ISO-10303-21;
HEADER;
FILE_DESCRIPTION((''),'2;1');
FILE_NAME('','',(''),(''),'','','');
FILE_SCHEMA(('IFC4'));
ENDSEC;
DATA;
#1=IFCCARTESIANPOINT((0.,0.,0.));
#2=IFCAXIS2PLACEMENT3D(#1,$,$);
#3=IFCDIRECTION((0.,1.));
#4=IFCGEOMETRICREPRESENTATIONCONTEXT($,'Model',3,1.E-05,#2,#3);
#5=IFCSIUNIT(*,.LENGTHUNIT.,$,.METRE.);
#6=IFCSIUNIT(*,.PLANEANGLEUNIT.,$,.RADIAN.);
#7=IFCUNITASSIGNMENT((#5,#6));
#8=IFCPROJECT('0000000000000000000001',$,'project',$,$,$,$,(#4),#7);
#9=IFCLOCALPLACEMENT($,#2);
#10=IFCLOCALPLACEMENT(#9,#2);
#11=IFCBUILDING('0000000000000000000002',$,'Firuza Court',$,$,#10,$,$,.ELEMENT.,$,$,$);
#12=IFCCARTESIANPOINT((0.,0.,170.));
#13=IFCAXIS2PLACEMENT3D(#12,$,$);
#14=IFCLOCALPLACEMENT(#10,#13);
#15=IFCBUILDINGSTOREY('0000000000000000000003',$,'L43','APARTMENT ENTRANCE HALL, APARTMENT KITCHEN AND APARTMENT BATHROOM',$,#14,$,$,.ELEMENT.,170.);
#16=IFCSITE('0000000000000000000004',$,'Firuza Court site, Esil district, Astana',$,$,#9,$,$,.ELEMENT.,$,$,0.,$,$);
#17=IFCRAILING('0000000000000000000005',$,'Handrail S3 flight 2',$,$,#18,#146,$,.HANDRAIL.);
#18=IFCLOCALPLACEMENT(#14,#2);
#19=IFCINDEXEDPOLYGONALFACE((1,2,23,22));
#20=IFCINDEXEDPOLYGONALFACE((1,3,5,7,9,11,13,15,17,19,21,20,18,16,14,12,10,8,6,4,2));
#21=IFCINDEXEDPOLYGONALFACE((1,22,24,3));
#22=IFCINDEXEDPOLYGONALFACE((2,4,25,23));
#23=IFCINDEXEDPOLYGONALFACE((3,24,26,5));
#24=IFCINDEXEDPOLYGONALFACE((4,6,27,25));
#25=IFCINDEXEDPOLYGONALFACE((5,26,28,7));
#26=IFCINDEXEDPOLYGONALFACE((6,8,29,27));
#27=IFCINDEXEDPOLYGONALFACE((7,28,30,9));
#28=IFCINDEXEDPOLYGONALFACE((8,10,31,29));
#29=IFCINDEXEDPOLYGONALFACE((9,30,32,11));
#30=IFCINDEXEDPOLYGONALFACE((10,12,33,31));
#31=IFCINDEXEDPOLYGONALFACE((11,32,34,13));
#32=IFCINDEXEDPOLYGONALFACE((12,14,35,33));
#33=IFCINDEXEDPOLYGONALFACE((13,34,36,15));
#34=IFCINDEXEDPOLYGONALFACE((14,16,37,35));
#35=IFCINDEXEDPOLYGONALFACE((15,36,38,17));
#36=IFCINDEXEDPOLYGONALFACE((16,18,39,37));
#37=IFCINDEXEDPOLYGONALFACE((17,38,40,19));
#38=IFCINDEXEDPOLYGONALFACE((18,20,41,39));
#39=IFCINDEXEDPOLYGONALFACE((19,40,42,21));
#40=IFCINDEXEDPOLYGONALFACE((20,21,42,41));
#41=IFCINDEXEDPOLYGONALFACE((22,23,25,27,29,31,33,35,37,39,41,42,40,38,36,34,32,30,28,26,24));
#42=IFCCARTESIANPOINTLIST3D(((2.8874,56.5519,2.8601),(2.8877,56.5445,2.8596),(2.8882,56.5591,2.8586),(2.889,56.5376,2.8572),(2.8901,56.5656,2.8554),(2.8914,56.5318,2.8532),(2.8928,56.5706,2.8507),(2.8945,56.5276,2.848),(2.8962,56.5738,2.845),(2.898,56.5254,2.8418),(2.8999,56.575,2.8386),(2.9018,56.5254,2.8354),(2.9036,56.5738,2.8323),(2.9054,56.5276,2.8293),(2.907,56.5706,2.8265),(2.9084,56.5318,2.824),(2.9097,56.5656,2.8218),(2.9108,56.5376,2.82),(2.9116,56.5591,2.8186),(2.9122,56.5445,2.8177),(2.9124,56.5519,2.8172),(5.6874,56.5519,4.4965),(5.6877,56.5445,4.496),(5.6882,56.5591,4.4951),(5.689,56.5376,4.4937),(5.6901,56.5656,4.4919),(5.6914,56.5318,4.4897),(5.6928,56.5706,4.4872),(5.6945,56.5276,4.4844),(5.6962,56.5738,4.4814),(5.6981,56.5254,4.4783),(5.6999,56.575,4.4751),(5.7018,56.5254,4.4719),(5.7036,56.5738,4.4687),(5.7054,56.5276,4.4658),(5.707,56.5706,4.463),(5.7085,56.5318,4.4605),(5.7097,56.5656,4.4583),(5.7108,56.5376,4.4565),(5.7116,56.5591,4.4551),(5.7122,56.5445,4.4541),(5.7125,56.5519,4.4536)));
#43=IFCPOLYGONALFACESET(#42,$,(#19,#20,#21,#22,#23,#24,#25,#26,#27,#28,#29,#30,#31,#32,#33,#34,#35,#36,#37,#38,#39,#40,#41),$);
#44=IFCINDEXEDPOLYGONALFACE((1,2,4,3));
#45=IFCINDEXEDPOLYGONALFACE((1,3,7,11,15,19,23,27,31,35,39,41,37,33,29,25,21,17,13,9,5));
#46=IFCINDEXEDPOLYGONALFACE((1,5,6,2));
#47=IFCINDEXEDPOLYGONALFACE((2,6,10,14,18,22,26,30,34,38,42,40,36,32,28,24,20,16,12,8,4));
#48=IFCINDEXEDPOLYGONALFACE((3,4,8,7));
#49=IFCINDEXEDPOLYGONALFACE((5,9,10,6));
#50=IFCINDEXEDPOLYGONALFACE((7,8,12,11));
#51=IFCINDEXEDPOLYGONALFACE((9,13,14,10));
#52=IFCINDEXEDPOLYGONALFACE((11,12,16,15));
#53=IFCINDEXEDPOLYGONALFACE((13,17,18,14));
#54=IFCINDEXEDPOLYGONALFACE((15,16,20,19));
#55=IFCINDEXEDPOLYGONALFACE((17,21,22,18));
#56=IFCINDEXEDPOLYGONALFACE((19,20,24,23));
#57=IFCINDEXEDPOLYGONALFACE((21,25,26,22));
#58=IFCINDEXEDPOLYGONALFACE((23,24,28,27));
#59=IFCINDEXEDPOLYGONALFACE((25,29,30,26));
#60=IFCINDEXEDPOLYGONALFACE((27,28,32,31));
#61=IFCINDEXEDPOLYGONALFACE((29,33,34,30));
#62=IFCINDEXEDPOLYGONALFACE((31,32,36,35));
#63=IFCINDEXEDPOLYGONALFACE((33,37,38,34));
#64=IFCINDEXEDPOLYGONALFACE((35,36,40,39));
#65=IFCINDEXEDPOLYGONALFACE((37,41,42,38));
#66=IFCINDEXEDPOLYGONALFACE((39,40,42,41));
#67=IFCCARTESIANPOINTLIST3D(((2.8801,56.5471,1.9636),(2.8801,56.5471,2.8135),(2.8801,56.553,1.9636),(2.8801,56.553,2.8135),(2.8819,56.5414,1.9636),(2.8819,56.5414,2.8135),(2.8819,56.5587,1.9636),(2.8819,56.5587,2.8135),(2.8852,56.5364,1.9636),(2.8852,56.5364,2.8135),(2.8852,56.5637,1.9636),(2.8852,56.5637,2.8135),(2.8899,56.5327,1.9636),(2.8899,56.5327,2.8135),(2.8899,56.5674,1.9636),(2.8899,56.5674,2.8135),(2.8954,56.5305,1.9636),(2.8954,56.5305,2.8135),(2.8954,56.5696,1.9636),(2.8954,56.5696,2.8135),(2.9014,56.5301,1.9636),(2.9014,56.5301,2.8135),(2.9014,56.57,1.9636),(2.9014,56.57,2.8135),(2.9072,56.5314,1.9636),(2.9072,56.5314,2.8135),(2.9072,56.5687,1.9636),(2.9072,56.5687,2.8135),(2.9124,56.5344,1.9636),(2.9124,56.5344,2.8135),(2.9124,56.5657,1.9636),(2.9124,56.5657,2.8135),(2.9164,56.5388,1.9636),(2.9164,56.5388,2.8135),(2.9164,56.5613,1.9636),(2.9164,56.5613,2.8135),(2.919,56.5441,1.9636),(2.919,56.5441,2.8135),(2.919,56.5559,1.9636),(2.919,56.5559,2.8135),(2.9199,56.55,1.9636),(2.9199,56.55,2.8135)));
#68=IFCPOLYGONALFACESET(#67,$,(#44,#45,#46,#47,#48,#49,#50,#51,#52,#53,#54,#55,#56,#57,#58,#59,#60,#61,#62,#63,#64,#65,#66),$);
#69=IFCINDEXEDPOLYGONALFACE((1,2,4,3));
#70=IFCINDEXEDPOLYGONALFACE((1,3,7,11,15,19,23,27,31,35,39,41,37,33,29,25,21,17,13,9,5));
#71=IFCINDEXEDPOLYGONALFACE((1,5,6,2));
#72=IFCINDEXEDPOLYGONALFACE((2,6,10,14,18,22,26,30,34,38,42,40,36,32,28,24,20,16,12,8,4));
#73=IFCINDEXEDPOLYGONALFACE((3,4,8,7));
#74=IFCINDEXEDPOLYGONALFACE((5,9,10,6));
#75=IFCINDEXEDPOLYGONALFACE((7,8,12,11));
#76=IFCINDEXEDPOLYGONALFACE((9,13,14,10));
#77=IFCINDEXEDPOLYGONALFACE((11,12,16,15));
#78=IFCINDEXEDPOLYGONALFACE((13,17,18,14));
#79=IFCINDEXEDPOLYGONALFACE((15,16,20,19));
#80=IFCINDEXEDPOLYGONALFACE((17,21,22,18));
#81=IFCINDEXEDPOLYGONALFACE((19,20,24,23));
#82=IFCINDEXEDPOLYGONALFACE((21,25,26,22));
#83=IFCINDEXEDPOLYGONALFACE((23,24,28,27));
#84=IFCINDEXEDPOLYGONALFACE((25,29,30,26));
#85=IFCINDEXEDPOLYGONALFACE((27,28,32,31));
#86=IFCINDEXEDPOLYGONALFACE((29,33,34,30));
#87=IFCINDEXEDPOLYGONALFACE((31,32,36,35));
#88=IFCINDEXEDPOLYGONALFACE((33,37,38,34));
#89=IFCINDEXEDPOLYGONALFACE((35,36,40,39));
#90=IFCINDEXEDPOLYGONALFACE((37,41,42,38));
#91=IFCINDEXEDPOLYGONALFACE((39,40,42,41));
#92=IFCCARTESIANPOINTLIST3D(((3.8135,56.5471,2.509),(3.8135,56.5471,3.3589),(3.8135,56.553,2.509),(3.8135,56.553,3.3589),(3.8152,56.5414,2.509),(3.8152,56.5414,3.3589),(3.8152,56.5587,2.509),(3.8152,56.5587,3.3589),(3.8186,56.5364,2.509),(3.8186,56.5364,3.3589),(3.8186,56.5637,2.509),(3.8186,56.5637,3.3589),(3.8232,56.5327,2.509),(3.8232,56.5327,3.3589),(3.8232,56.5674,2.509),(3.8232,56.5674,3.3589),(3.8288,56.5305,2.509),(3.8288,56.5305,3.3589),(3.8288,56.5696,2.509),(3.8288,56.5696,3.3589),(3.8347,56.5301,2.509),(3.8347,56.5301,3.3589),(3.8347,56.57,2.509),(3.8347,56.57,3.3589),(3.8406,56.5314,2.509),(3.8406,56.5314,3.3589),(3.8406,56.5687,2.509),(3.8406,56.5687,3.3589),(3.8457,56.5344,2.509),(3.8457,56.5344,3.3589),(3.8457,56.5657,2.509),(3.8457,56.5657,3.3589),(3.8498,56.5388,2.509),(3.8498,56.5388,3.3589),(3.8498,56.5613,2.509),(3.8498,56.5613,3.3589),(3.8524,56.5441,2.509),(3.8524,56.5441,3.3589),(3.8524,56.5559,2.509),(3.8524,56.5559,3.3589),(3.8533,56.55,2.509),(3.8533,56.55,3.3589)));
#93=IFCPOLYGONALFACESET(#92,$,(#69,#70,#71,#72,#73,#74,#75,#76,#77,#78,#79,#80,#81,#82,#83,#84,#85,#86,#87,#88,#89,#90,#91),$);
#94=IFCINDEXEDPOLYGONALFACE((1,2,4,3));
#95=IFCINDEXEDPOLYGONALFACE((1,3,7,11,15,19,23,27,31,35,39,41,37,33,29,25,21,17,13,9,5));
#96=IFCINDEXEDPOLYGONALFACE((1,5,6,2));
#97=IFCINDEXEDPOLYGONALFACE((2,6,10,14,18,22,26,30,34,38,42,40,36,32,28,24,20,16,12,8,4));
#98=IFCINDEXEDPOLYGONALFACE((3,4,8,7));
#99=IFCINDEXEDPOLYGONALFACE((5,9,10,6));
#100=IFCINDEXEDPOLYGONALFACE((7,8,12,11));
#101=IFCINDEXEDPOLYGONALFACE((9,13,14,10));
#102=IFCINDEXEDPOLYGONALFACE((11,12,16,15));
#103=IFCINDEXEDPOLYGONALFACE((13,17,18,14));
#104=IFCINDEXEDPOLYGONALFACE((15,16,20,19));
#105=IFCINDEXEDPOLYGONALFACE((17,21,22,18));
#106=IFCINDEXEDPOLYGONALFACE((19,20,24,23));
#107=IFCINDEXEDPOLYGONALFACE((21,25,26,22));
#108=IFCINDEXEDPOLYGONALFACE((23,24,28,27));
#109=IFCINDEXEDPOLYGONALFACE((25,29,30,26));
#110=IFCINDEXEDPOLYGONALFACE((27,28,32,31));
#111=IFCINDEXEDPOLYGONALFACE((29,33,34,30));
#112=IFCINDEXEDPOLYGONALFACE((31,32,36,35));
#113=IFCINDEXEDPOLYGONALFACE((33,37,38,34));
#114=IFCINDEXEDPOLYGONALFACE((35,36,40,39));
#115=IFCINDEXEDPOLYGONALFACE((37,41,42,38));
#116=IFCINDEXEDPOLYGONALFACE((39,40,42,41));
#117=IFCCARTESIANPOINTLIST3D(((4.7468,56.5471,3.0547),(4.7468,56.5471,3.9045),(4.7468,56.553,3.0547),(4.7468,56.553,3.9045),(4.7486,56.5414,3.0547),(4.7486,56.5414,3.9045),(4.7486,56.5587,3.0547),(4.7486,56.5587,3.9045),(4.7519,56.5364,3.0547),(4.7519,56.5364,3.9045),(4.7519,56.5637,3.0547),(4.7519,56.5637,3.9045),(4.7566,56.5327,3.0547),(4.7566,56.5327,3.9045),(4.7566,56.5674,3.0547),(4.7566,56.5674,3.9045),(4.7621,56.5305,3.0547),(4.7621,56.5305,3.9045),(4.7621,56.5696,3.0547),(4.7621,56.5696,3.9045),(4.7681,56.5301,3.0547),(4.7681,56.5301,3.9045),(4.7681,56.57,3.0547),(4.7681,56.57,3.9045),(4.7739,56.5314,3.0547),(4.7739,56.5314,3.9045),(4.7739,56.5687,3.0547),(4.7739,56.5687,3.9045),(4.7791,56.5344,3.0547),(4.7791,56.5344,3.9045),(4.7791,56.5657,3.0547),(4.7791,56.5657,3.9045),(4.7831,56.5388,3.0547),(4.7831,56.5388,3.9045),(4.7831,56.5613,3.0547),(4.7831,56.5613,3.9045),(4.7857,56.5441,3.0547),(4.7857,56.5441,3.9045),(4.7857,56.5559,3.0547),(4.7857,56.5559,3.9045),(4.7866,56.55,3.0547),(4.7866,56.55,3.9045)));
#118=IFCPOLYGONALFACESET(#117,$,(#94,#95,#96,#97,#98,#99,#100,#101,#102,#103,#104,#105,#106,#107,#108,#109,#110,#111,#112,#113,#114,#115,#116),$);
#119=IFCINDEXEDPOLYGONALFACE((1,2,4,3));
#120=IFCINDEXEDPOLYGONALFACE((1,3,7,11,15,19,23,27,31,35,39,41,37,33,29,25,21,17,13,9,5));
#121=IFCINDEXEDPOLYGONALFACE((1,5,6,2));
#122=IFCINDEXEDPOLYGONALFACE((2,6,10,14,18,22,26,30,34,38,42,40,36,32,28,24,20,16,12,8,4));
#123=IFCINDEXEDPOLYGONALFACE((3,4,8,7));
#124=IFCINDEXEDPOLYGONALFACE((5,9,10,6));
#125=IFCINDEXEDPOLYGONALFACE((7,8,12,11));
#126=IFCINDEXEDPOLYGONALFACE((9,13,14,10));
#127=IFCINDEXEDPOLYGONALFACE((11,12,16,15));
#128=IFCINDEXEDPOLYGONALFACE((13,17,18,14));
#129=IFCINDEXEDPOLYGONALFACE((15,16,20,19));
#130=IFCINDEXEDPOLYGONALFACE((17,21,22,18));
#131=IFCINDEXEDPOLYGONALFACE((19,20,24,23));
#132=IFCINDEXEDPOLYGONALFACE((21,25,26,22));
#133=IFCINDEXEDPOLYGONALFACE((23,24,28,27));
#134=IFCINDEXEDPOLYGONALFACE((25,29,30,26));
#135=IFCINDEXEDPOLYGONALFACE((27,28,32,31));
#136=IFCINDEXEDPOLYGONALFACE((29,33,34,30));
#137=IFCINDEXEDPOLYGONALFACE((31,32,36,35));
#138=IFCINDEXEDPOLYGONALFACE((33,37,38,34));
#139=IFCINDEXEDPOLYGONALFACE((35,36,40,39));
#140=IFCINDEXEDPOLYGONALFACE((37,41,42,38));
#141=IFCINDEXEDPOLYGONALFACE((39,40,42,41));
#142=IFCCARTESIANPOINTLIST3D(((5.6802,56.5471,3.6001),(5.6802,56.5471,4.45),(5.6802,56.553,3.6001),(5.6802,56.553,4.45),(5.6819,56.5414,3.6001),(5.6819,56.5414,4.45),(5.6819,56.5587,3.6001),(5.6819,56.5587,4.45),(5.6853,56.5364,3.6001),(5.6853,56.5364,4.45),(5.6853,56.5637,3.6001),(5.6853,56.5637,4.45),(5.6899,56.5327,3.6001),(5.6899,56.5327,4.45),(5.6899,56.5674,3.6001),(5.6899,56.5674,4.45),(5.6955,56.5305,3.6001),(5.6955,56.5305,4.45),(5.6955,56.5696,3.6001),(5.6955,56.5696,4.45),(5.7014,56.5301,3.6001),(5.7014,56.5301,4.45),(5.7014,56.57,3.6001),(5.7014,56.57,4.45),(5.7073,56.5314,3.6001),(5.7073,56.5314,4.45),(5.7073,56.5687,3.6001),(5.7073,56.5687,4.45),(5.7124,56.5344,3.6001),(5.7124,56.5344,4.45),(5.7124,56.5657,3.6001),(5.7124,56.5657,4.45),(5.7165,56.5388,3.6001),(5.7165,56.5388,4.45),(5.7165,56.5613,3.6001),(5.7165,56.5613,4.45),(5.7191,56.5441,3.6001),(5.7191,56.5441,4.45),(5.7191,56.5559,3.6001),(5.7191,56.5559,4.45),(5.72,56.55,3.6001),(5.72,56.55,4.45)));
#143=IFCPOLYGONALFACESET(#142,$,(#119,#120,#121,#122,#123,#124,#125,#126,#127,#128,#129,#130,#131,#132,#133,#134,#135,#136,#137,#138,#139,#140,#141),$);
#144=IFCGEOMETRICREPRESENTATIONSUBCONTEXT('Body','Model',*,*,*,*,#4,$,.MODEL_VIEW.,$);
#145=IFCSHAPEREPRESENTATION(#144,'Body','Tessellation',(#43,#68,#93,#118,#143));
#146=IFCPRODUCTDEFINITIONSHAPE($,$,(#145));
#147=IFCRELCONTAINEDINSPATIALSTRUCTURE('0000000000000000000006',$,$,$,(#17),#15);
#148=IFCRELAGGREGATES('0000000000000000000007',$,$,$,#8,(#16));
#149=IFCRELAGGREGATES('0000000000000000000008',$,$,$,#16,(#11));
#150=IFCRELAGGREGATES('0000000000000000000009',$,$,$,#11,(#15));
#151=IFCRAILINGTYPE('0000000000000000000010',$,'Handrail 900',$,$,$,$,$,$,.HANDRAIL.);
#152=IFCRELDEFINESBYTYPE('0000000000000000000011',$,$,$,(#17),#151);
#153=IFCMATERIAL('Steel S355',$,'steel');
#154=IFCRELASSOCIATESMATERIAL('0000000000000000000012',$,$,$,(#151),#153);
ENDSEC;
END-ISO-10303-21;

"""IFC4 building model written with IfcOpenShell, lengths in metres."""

from ifc_helpers import new_model, si_unit, direction, frame, origin, origin_2d, place, context, subcontext, project, spatial, circle, extrude, material, type_object, element, save


model = new_model("IFC4")

# Units and contexts
model_context = context("Model", 3, precision=1e-05, world=origin(), true_north=direction((0.0, 1.0)))
body_context = subcontext(model_context, "Body", "Model", "MODEL_VIEW")
ifc_project = project(units=[si_unit("LENGTHUNIT", "METRE"), si_unit("PLANEANGLEUNIT", "RADIAN")], contexts=[model_context])

# Site, building, storey
site_placement = place(None, origin())
site = spatial("IfcSite", under=ifc_project, at=site_placement, Name="Firuza Court site, Esil district, Astana", CompositionType="ELEMENT", RefElevation=0.0)
building_placement = place(site_placement, origin())
building = spatial("IfcBuilding", under=site, at=building_placement, Name="Firuza Court", CompositionType="ELEMENT")
storey_placement = place(building_placement, frame((0.0, 0.0, 170.0)))
storey = spatial("IfcBuildingStorey", under=building, at=storey_placement, Name="L43", Description="APARTMENT ENTRANCE HALL, APARTMENT KITCHEN AND APARTMENT BATHROOM", CompositionType="ELEMENT", Elevation=170.0)

# Railing
ifc_material_1 = material(Name="Steel S355", Category="steel")
railing_type = type_object("IfcRailingType", Name="Handrail 900", PredefinedType="HANDRAIL", material=ifc_material_1)
railing_1_placement = place(storey_placement, frame((2.8999, 56.55, 1.9636)))
element("IfcRailing", 1, at=railing_1_placement, inside=storey, type_object=railing_type, Name="Handrail S3 flight 2", PredefinedType="HANDRAIL", context=body_context, shape_type="SweptSolid", body=[
    extrude(circle(Radius=0.0249, at=origin_2d()), frame((0.0, 0.0, 0.875), z_axis=(0.863361, 0.0, 0.504587), x_axis=(0.0, 1.0, 0.0)), (0.0, 0.0, 1.0), 3.2432),
    extrude(circle(Radius=0.02, at=origin_2d()), origin(), (0.0, 0.0, 1.0), 0.8499),
    extrude(circle(Radius=0.02, at=origin_2d()), frame((0.9333, 0.0, 0.5454)), (0.0, 0.0, 1.0), 0.8499),
    extrude(circle(Radius=0.02, at=origin_2d()), frame((1.8667, 0.0, 1.0911)), (0.0, 0.0, 1.0), 0.8499),
    extrude(circle(Radius=0.02, at=origin_2d()), frame((2.8, 0.0, 1.6365)), (0.0, 0.0, 1.0), 0.8499),
])

save(model, "model.ifc")
